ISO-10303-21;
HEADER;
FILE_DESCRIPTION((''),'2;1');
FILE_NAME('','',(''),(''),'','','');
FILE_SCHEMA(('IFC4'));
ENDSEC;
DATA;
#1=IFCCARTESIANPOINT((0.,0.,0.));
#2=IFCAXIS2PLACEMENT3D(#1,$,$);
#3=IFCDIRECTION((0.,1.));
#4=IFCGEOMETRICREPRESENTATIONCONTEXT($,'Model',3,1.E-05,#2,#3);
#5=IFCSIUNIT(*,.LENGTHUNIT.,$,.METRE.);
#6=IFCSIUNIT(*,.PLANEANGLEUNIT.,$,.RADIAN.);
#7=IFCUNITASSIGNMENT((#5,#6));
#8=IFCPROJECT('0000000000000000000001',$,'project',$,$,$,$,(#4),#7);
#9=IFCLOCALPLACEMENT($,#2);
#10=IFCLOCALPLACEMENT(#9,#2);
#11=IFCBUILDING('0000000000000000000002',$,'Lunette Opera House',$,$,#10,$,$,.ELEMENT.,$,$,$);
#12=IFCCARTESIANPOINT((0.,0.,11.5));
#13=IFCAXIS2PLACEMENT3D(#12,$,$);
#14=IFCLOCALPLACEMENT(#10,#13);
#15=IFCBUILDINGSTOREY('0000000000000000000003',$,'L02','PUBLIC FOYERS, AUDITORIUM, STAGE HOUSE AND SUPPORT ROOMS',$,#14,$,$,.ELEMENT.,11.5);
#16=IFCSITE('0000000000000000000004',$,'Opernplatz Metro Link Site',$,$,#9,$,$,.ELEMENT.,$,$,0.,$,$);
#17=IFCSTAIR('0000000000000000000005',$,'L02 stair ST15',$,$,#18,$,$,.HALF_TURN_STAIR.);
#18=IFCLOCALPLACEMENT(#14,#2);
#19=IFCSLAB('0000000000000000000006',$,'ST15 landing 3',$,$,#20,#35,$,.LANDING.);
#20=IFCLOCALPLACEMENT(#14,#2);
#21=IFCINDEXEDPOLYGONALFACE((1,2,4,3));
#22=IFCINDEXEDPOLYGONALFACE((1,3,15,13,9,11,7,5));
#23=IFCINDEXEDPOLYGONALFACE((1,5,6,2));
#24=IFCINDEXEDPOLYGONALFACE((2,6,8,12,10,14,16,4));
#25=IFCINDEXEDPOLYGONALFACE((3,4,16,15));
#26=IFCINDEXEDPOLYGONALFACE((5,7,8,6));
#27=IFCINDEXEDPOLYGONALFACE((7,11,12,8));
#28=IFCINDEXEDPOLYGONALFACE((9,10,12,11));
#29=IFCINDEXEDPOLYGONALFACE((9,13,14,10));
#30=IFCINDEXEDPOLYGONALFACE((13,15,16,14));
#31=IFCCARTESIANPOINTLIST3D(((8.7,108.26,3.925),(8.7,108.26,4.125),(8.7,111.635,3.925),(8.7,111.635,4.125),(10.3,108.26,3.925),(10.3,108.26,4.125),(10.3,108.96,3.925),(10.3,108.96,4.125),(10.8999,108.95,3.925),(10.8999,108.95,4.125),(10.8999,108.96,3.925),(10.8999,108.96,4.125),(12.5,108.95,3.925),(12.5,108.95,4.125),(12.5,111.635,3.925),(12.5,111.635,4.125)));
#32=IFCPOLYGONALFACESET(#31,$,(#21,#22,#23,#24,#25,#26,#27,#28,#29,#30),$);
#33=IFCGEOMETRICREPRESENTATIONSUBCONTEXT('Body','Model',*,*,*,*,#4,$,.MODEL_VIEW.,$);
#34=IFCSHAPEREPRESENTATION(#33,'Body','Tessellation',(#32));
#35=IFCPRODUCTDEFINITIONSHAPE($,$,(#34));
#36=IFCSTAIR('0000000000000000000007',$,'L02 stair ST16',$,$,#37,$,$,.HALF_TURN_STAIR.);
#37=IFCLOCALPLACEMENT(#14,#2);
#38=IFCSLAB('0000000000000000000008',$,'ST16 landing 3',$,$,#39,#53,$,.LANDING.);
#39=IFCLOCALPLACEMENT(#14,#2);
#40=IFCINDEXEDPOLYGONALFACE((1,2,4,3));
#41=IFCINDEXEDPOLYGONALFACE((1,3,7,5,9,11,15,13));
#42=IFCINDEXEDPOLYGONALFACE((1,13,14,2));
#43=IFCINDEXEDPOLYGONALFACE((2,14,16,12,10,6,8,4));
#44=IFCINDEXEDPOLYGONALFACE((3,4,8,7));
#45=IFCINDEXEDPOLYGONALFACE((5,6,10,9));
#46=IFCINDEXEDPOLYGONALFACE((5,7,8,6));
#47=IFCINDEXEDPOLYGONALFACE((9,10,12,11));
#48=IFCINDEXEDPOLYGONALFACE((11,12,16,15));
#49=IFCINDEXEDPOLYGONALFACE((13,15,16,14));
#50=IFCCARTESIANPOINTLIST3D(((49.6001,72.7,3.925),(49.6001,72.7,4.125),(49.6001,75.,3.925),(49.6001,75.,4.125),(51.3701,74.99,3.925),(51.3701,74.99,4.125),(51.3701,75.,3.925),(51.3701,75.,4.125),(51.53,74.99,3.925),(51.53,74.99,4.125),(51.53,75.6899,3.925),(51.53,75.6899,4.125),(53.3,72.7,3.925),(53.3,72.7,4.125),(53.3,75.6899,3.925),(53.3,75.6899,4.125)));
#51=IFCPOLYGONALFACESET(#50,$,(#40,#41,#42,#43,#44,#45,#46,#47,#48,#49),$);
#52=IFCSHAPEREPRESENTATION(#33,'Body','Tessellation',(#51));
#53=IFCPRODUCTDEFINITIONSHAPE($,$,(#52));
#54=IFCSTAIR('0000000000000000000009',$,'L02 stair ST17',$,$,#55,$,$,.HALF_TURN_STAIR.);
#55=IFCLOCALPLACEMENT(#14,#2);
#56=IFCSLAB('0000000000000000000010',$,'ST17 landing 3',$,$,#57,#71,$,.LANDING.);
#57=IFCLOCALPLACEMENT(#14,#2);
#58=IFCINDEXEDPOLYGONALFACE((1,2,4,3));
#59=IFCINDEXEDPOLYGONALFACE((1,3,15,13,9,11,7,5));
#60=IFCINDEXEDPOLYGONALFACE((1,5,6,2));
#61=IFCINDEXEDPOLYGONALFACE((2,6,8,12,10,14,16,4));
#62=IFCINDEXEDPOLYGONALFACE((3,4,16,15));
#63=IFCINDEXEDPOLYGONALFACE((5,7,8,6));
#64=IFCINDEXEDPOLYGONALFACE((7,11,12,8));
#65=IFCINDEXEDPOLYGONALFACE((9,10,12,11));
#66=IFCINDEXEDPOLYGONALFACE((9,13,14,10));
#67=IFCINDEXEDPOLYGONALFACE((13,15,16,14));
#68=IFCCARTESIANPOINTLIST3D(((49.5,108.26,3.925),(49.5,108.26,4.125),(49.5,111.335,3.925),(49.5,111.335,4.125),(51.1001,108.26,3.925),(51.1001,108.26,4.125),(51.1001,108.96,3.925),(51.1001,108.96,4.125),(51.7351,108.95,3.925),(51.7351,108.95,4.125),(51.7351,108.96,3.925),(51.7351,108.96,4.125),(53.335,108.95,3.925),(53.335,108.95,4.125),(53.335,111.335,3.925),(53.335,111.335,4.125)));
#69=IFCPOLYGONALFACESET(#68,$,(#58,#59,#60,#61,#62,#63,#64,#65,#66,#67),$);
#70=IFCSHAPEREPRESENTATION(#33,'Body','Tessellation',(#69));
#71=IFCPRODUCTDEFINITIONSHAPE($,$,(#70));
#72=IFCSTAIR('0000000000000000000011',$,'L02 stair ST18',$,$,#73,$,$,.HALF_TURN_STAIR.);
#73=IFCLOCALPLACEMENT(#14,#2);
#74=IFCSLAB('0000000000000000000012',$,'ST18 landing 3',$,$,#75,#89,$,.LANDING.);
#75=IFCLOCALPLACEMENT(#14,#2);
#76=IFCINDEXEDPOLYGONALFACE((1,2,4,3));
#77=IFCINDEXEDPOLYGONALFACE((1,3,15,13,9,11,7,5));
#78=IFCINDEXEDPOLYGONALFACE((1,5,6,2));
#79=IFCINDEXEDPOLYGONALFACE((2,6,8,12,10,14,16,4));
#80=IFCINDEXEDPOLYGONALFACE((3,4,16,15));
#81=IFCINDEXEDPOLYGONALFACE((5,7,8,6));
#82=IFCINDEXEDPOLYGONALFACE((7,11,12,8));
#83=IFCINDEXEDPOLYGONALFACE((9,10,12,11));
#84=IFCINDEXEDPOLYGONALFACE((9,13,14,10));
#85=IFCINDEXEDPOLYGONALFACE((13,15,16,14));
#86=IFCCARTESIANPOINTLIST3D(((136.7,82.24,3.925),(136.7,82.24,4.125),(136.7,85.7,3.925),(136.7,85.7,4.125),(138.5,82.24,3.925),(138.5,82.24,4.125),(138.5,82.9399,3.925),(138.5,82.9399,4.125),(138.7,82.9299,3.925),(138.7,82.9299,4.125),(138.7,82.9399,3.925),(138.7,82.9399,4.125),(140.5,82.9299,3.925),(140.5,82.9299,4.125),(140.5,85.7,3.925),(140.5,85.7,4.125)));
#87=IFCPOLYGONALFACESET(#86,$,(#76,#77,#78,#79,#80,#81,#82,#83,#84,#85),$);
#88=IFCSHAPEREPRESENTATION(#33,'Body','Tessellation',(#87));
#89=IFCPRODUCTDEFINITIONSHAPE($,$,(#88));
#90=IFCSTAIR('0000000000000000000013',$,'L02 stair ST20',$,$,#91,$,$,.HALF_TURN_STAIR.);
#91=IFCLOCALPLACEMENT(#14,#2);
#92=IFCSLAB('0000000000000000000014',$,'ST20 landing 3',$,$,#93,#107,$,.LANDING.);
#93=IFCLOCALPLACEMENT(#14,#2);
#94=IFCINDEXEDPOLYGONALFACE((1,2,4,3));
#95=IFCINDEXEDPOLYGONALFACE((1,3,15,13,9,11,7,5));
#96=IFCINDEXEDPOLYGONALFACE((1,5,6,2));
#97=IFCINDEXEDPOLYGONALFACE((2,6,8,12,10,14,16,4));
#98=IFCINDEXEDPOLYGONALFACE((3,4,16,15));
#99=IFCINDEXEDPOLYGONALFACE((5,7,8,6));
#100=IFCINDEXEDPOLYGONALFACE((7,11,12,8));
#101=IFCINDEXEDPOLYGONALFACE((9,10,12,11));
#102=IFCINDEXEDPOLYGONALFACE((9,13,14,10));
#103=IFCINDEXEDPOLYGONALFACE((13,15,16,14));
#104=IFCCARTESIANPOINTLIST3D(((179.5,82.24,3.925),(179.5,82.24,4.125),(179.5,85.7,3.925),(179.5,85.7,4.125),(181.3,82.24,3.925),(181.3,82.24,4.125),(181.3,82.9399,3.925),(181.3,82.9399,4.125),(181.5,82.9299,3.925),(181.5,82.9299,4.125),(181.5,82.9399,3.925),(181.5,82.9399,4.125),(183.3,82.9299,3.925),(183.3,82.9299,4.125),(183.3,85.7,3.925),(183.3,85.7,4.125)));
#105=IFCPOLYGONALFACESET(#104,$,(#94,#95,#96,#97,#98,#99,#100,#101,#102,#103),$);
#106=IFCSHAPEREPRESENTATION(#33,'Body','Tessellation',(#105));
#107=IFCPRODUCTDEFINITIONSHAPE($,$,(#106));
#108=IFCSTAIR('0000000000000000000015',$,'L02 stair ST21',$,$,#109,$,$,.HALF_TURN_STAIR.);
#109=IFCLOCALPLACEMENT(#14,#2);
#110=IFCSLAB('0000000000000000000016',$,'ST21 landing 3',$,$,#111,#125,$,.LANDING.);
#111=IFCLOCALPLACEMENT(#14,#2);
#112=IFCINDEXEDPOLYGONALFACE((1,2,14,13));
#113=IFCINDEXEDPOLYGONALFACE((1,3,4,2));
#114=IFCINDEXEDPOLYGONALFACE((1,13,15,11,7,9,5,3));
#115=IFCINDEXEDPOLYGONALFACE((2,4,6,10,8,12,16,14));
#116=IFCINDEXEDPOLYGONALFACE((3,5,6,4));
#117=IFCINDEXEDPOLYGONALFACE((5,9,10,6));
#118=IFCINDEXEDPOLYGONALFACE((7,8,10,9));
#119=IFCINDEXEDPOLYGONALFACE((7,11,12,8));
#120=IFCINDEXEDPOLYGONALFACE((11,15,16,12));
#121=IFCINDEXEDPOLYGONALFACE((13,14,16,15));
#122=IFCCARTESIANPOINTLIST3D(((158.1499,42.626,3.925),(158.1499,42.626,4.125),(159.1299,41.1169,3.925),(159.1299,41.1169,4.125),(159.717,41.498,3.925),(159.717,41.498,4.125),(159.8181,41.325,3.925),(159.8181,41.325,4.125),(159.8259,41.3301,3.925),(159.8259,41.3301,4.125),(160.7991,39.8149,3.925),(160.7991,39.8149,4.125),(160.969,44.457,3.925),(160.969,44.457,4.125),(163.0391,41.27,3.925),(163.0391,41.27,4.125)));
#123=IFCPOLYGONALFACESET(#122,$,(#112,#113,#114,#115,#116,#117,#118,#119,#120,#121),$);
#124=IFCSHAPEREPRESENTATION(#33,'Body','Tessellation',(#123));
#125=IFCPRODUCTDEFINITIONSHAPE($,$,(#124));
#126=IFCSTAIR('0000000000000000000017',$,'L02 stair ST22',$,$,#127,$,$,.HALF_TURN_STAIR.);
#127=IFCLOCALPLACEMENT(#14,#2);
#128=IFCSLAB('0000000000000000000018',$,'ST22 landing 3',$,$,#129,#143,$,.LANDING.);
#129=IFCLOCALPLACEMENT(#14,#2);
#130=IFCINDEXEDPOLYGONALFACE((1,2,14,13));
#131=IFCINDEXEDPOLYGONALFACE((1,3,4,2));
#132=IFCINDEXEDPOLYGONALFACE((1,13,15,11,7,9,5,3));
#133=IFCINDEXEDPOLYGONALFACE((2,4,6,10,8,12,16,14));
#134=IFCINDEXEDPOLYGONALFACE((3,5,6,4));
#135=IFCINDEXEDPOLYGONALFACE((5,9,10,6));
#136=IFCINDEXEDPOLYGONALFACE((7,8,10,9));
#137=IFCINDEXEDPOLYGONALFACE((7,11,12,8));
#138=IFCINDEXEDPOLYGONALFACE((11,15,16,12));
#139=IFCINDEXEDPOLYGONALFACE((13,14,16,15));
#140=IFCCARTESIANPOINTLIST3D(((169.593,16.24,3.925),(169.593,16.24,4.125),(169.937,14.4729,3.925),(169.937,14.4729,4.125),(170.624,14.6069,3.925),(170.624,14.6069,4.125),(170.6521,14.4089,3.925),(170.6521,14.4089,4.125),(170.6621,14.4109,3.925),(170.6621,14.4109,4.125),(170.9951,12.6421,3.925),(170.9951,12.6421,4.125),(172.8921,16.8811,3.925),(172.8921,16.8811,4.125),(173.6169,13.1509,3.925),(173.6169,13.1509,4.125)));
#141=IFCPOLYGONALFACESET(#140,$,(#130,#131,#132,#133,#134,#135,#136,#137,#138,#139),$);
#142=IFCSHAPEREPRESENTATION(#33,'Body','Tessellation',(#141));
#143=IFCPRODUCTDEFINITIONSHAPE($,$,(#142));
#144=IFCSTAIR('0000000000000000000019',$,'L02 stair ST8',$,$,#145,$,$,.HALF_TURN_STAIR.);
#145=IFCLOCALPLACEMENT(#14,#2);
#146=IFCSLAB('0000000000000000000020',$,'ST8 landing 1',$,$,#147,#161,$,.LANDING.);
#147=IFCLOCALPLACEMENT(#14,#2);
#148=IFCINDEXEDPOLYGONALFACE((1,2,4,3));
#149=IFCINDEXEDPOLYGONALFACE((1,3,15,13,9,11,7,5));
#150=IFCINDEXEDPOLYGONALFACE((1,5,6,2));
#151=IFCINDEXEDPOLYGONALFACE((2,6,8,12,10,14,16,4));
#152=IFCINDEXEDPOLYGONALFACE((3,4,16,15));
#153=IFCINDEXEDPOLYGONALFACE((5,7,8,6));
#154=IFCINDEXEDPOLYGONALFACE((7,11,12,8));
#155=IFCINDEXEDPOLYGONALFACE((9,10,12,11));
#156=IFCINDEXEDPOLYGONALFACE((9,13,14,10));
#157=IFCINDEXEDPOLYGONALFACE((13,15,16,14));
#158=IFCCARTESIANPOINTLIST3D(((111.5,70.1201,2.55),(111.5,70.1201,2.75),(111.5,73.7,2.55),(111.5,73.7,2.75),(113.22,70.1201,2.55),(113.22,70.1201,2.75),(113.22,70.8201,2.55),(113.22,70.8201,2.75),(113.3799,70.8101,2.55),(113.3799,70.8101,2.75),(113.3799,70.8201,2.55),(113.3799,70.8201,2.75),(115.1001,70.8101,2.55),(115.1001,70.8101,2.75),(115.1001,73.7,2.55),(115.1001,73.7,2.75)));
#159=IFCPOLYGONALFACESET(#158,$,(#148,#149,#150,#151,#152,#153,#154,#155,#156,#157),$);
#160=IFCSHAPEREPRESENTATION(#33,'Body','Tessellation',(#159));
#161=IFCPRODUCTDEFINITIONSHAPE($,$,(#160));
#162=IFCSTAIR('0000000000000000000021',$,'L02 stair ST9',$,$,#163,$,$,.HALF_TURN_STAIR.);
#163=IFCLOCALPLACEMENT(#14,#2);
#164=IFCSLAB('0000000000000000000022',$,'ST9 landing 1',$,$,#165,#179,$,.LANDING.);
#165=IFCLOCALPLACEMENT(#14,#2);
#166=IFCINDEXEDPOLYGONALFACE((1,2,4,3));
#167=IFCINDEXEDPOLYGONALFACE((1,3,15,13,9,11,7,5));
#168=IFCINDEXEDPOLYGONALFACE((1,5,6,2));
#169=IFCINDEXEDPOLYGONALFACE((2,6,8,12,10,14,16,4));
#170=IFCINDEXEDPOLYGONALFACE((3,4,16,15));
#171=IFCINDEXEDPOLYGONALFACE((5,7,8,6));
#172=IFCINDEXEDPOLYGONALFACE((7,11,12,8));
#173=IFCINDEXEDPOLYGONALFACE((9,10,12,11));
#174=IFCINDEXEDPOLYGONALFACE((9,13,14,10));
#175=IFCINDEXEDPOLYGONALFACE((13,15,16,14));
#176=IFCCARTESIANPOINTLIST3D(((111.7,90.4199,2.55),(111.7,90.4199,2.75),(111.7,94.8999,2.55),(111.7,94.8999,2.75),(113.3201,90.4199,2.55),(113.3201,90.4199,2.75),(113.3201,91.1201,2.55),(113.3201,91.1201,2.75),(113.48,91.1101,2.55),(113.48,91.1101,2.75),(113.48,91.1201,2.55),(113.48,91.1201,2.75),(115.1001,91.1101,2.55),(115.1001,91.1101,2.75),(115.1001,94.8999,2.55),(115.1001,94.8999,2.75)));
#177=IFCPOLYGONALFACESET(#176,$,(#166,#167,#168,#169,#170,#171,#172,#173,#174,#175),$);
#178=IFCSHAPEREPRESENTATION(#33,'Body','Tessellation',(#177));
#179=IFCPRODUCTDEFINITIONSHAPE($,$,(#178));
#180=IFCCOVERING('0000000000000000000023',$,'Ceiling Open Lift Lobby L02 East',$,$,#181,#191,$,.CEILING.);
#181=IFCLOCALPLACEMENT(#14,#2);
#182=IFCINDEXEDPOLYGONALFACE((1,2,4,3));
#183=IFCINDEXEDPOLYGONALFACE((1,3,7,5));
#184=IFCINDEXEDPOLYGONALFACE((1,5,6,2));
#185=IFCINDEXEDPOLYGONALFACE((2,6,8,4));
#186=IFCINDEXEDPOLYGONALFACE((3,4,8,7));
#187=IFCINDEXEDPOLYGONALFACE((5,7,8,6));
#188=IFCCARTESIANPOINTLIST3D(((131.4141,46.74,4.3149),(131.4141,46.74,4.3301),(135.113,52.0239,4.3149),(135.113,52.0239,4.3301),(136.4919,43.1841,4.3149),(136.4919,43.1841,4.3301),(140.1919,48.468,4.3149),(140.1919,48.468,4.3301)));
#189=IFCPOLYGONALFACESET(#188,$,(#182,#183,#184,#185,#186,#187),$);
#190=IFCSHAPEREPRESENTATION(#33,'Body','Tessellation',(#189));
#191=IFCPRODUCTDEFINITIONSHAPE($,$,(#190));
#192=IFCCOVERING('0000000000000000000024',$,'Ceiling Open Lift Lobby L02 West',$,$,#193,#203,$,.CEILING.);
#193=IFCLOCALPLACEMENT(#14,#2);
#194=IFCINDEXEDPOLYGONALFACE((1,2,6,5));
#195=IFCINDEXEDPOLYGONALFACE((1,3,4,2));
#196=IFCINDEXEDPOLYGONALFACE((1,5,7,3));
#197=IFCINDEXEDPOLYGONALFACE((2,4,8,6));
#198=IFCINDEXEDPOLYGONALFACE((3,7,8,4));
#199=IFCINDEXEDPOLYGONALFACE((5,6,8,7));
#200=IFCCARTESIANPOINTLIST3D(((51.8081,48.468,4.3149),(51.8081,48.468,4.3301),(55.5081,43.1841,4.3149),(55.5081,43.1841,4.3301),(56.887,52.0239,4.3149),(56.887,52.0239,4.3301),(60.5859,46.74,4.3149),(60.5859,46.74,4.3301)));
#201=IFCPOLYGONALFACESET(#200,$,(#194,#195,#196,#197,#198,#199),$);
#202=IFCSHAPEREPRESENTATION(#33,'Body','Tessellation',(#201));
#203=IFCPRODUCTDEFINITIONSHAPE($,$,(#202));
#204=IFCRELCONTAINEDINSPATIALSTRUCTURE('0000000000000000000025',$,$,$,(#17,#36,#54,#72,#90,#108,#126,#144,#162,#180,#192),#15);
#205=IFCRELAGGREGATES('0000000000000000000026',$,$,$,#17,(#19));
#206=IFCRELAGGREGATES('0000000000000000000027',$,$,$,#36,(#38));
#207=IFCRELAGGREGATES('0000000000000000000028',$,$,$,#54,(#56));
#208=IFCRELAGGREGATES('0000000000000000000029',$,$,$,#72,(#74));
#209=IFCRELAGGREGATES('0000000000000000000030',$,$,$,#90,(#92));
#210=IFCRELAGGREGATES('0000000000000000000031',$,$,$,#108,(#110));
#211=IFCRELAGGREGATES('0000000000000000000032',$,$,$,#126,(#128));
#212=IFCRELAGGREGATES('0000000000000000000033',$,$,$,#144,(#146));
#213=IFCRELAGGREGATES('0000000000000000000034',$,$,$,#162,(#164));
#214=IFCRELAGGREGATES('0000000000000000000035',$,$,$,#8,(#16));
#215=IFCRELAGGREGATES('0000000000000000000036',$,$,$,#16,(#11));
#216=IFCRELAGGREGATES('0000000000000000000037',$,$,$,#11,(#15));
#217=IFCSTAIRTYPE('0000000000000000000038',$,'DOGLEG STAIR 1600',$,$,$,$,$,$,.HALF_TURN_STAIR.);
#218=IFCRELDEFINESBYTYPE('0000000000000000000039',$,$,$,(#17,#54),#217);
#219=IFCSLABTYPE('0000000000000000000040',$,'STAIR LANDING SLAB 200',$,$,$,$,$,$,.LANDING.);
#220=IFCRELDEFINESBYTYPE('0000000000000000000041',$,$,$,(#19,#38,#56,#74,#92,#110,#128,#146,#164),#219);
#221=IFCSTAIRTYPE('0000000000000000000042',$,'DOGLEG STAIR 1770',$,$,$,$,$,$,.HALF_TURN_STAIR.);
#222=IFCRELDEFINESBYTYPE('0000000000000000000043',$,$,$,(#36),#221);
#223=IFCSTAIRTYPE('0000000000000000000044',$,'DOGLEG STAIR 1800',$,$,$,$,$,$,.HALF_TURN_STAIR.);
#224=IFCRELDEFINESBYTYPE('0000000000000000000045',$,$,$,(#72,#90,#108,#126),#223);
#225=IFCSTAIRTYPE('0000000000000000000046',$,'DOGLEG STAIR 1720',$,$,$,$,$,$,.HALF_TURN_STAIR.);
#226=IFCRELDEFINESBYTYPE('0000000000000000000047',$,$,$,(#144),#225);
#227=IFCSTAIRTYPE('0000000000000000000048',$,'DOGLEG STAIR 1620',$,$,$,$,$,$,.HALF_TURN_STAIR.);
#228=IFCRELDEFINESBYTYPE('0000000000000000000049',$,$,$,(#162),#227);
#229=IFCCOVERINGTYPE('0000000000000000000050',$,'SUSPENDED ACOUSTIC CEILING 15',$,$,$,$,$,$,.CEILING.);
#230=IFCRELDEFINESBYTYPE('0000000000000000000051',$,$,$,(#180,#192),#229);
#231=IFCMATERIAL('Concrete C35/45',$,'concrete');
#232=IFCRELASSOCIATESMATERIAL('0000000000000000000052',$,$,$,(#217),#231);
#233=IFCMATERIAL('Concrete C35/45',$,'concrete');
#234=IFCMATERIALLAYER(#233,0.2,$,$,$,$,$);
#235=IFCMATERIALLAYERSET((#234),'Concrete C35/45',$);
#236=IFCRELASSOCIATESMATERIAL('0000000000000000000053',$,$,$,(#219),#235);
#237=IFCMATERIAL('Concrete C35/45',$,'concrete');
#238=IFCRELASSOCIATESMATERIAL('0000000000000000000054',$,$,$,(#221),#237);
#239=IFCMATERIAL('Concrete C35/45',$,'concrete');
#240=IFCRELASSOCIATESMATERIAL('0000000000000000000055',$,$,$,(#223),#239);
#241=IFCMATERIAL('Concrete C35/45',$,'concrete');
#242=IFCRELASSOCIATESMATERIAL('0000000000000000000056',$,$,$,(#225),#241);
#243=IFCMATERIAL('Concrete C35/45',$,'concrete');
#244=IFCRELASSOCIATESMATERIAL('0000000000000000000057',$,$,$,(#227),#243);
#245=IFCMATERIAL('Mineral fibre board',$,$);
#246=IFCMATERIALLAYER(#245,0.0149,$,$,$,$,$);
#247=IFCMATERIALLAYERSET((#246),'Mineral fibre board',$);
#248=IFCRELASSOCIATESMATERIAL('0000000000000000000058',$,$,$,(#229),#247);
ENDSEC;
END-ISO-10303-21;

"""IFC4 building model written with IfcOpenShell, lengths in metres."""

from ifc_helpers import new_model, si_unit, direction, frame, origin, place, context, subcontext, project, spatial, polyline, outline, extrude, material, layer, layer_set, type_object, element, aggregate, save


model = new_model("IFC4")

# Units and contexts
model_context = context("Model", 3, precision=1e-05, world=origin(), true_north=direction((0.0, 1.0)))
body_context = subcontext(model_context, "Body", "Model", "MODEL_VIEW")
ifc_project = project(units=[si_unit("LENGTHUNIT", "METRE"), si_unit("PLANEANGLEUNIT", "RADIAN")], contexts=[model_context])

# Site, building, storey
site_placement = place(None, origin())
site = spatial("IfcSite", under=ifc_project, at=site_placement, Name="Opernplatz Metro Link Site", CompositionType="ELEMENT", RefElevation=0.0)
building_placement = place(site_placement, origin())
building = spatial("IfcBuilding", under=site, at=building_placement, Name="Lunette Opera House", CompositionType="ELEMENT")
storey_placement = place(building_placement, frame((0.0, 0.0, 11.5)))
storey = spatial("IfcBuildingStorey", under=building, at=storey_placement, Name="L02", Description="PUBLIC FOYERS, AUDITORIUM, STAGE HOUSE AND SUPPORT ROOMS", CompositionType="ELEMENT", Elevation=11.5)

# Stairs, slabs
ifc_material_1 = material(Name="Concrete C35/45", Category="concrete")
stair_type_1 = type_object("IfcStairType", Name="DOGLEG STAIR 1600", PredefinedType="HALF_TURN_STAIR", material=ifc_material_1)
stair_1_placement = place(storey_placement, origin())
stair_1 = element("IfcStair", 1, at=stair_1_placement, inside=storey, type_object=stair_type_1, Name="L02 stair ST15", PredefinedType="HALF_TURN_STAIR")
ifc_material_2 = material(Name="Concrete C35/45", Category="concrete")
ifc_layer_1 = layer(ifc_material_2, 0.2)
ifc_layer_set_1 = layer_set([ifc_layer_1], Name="Concrete C35/45")
slab_type = type_object("IfcSlabType", Name="STAIR LANDING SLAB 200", PredefinedType="LANDING", material=ifc_layer_set_1)
slab_1_placement = place(storey_placement, frame((0.0, 0.0, 3.925)))
slab_1 = element("IfcSlab", 2, at=slab_1_placement, type_object=slab_type, Name="ST15 landing 3", PredefinedType="LANDING", context=body_context, shape_type="SweptSolid", body=[
    extrude(outline(polyline([(12.5, 108.95), (10.8999, 108.95), (10.8999, 108.96), (10.3, 108.96), (10.3, 108.26), (8.7, 108.26), (8.7, 111.635), (12.5, 111.635), (12.5, 108.95)])), origin(), (0.0, 0.0, 1.0), 0.2),
])
aggregate(stair_1, [slab_1])
ifc_material_3 = material(Name="Concrete C35/45", Category="concrete")
stair_type_2 = type_object("IfcStairType", Name="DOGLEG STAIR 1770", PredefinedType="HALF_TURN_STAIR", material=ifc_material_3)
stair_2_placement = place(storey_placement, origin())
stair_2 = element("IfcStair", 3, at=stair_2_placement, inside=storey, type_object=stair_type_2, Name="L02 stair ST16", PredefinedType="HALF_TURN_STAIR")
slab_2_placement = place(storey_placement, frame((0.0, 0.0, 3.925)))
slab_2 = element("IfcSlab", 4, at=slab_2_placement, type_object=slab_type, Name="ST16 landing 3", PredefinedType="LANDING", context=body_context, shape_type="SweptSolid", body=[
    extrude(outline(polyline([(49.6001, 72.7), (49.6001, 75.0), (51.3701, 75.0), (51.3701, 74.99), (51.53, 74.99), (51.53, 75.6899), (53.3, 75.6899), (53.3, 72.7), (49.6001, 72.7)])), origin(), (0.0, 0.0, 1.0), 0.2),
])
aggregate(stair_2, [slab_2])
stair_3_placement = place(storey_placement, origin())
stair_3 = element("IfcStair", 5, at=stair_3_placement, inside=storey, type_object=stair_type_1, Name="L02 stair ST17", PredefinedType="HALF_TURN_STAIR")
slab_3_placement = place(storey_placement, frame((0.0, 0.0, 3.925)))
slab_3 = element("IfcSlab", 6, at=slab_3_placement, type_object=slab_type, Name="ST17 landing 3", PredefinedType="LANDING", context=body_context, shape_type="SweptSolid", body=[
    extrude(outline(polyline([(53.335, 108.95), (51.7351, 108.95), (51.7351, 108.96), (51.1001, 108.96), (51.1001, 108.26), (49.5, 108.26), (49.5, 111.335), (53.335, 111.335), (53.335, 108.95)])), origin(), (0.0, 0.0, 1.0), 0.2),
])
aggregate(stair_3, [slab_3])
ifc_material_4 = material(Name="Concrete C35/45", Category="concrete")
stair_type_3 = type_object("IfcStairType", Name="DOGLEG STAIR 1800", PredefinedType="HALF_TURN_STAIR", material=ifc_material_4)
stair_4_placement = place(storey_placement, origin())
stair_4 = element("IfcStair", 7, at=stair_4_placement, inside=storey, type_object=stair_type_3, Name="L02 stair ST18", PredefinedType="HALF_TURN_STAIR")
slab_4_placement = place(storey_placement, frame((0.0, 0.0, 3.925)))
slab_4 = element("IfcSlab", 8, at=slab_4_placement, type_object=slab_type, Name="ST18 landing 3", PredefinedType="LANDING", context=body_context, shape_type="SweptSolid", body=[
    extrude(outline(polyline([(140.5, 82.9299), (138.7, 82.9299), (138.7, 82.9399), (138.5, 82.9399), (138.5, 82.24), (136.7, 82.24), (136.7, 85.7), (140.5, 85.7), (140.5, 82.9299)])), origin(), (0.0, 0.0, 1.0), 0.2),
])
aggregate(stair_4, [slab_4])
stair_5_placement = place(storey_placement, origin())
stair_5 = element("IfcStair", 9, at=stair_5_placement, inside=storey, type_object=stair_type_3, Name="L02 stair ST20", PredefinedType="HALF_TURN_STAIR")
slab_5_placement = place(storey_placement, frame((0.0, 0.0, 3.925)))
slab_5 = element("IfcSlab", 10, at=slab_5_placement, type_object=slab_type, Name="ST20 landing 3", PredefinedType="LANDING", context=body_context, shape_type="SweptSolid", body=[
    extrude(outline(polyline([(183.3, 82.9299), (181.5, 82.9299), (181.5, 82.9399), (181.3, 82.9399), (181.3, 82.24), (179.5, 82.24), (179.5, 85.7), (183.3, 85.7), (183.3, 82.9299)])), origin(), (0.0, 0.0, 1.0), 0.2),
])
aggregate(stair_5, [slab_5])
stair_6_placement = place(storey_placement, origin())
stair_6 = element("IfcStair", 11, at=stair_6_placement, inside=storey, type_object=stair_type_3, Name="L02 stair ST21", PredefinedType="HALF_TURN_STAIR")
slab_6_placement = place(storey_placement, frame((0.0, 0.0, 3.925)))
slab_6 = element("IfcSlab", 12, at=slab_6_placement, type_object=slab_type, Name="ST21 landing 3", PredefinedType="LANDING", context=body_context, shape_type="SweptSolid", body=[
    extrude(outline(polyline([(160.7991, 39.8149), (159.8181, 41.325), (159.8259, 41.3301), (159.717, 41.498), (159.1299, 41.1169), (158.1499, 42.626), (160.969, 44.457), (163.0391, 41.27), (160.7991, 39.8149)])), origin(), (0.0, 0.0, 1.0), 0.2),
])
aggregate(stair_6, [slab_6])
stair_7_placement = place(storey_placement, origin())
stair_7 = element("IfcStair", 13, at=stair_7_placement, inside=storey, type_object=stair_type_3, Name="L02 stair ST22", PredefinedType="HALF_TURN_STAIR")
slab_7_placement = place(storey_placement, frame((0.0, 0.0, 3.925)))
slab_7 = element("IfcSlab", 14, at=slab_7_placement, type_object=slab_type, Name="ST22 landing 3", PredefinedType="LANDING", context=body_context, shape_type="SweptSolid", body=[
    extrude(outline(polyline([(173.6169, 13.1509), (170.9951, 12.6421), (170.6521, 14.4089), (170.6621, 14.4109), (170.624, 14.6069), (169.937, 14.4729), (169.593, 16.24), (172.8921, 16.8811), (173.6169, 13.1509)])), origin(), (0.0, 0.0, 1.0), 0.2),
])
aggregate(stair_7, [slab_7])
ifc_material_5 = material(Name="Concrete C35/45", Category="concrete")
stair_type_4 = type_object("IfcStairType", Name="DOGLEG STAIR 1720", PredefinedType="HALF_TURN_STAIR", material=ifc_material_5)
stair_8_placement = place(storey_placement, origin())
stair_8 = element("IfcStair", 15, at=stair_8_placement, inside=storey, type_object=stair_type_4, Name="L02 stair ST8", PredefinedType="HALF_TURN_STAIR")
slab_8_placement = place(storey_placement, frame((0.0, 0.0, 2.55)))
slab_8 = element("IfcSlab", 16, at=slab_8_placement, type_object=slab_type, Name="ST8 landing 1", PredefinedType="LANDING", context=body_context, shape_type="SweptSolid", body=[
    extrude(outline(polyline([(115.1001, 70.8101), (113.3799, 70.8101), (113.3799, 70.8201), (113.22, 70.8201), (113.22, 70.1201), (111.5, 70.1201), (111.5, 73.7), (115.1001, 73.7), (115.1001, 70.8101)])), origin(), (0.0, 0.0, 1.0), 0.2),
])
aggregate(stair_8, [slab_8])
ifc_material_6 = material(Name="Concrete C35/45", Category="concrete")
stair_type_5 = type_object("IfcStairType", Name="DOGLEG STAIR 1620", PredefinedType="HALF_TURN_STAIR", material=ifc_material_6)
stair_9_placement = place(storey_placement, origin())
stair_9 = element("IfcStair", 17, at=stair_9_placement, inside=storey, type_object=stair_type_5, Name="L02 stair ST9", PredefinedType="HALF_TURN_STAIR")
slab_9_placement = place(storey_placement, frame((0.0, 0.0, 2.55)))
slab_9 = element("IfcSlab", 18, at=slab_9_placement, type_object=slab_type, Name="ST9 landing 1", PredefinedType="LANDING", context=body_context, shape_type="SweptSolid", body=[
    extrude(outline(polyline([(115.1001, 94.8999), (115.1001, 91.1101), (113.48, 91.1101), (113.48, 91.1201), (113.3201, 91.1201), (113.3201, 90.4199), (111.7, 90.4199), (111.7, 94.8999), (115.1001, 94.8999)])), origin(), (0.0, 0.0, 1.0), 0.2),
])
aggregate(stair_9, [slab_9])

# Coverings
ifc_material_7 = material(Name="Mineral fibre board")
ifc_layer_2 = layer(ifc_material_7, 0.0149)
ifc_layer_set_2 = layer_set([ifc_layer_2], Name="Mineral fibre board")
covering_type = type_object("IfcCoveringType", Name="SUSPENDED ACOUSTIC CEILING 15", PredefinedType="CEILING", material=ifc_layer_set_2)
covering_1_placement = place(storey_placement, frame((0.0, 0.0, 4.3149)))
element("IfcCovering", 19, at=covering_1_placement, inside=storey, type_object=covering_type, Name="Ceiling Open Lift Lobby L02 East", PredefinedType="CEILING", context=body_context, shape_type="SweptSolid", body=[
    extrude(outline(polyline([(131.4141, 46.74), (136.4919, 43.1841), (140.1919, 48.468), (135.113, 52.0239), (131.4141, 46.74)])), origin(), (0.0, 0.0, 1.0), 0.0151),
])
covering_2_placement = place(storey_placement, frame((0.0, 0.0, 4.3149)))
element("IfcCovering", 20, at=covering_2_placement, inside=storey, type_object=covering_type, Name="Ceiling Open Lift Lobby L02 West", PredefinedType="CEILING", context=body_context, shape_type="SweptSolid", body=[
    extrude(outline(polyline([(60.5859, 46.74), (56.887, 52.0239), (51.8081, 48.468), (55.5081, 43.1841), (60.5859, 46.74)])), origin(), (0.0, 0.0, 1.0), 0.0151),
])

save(model, "model.ifc")
